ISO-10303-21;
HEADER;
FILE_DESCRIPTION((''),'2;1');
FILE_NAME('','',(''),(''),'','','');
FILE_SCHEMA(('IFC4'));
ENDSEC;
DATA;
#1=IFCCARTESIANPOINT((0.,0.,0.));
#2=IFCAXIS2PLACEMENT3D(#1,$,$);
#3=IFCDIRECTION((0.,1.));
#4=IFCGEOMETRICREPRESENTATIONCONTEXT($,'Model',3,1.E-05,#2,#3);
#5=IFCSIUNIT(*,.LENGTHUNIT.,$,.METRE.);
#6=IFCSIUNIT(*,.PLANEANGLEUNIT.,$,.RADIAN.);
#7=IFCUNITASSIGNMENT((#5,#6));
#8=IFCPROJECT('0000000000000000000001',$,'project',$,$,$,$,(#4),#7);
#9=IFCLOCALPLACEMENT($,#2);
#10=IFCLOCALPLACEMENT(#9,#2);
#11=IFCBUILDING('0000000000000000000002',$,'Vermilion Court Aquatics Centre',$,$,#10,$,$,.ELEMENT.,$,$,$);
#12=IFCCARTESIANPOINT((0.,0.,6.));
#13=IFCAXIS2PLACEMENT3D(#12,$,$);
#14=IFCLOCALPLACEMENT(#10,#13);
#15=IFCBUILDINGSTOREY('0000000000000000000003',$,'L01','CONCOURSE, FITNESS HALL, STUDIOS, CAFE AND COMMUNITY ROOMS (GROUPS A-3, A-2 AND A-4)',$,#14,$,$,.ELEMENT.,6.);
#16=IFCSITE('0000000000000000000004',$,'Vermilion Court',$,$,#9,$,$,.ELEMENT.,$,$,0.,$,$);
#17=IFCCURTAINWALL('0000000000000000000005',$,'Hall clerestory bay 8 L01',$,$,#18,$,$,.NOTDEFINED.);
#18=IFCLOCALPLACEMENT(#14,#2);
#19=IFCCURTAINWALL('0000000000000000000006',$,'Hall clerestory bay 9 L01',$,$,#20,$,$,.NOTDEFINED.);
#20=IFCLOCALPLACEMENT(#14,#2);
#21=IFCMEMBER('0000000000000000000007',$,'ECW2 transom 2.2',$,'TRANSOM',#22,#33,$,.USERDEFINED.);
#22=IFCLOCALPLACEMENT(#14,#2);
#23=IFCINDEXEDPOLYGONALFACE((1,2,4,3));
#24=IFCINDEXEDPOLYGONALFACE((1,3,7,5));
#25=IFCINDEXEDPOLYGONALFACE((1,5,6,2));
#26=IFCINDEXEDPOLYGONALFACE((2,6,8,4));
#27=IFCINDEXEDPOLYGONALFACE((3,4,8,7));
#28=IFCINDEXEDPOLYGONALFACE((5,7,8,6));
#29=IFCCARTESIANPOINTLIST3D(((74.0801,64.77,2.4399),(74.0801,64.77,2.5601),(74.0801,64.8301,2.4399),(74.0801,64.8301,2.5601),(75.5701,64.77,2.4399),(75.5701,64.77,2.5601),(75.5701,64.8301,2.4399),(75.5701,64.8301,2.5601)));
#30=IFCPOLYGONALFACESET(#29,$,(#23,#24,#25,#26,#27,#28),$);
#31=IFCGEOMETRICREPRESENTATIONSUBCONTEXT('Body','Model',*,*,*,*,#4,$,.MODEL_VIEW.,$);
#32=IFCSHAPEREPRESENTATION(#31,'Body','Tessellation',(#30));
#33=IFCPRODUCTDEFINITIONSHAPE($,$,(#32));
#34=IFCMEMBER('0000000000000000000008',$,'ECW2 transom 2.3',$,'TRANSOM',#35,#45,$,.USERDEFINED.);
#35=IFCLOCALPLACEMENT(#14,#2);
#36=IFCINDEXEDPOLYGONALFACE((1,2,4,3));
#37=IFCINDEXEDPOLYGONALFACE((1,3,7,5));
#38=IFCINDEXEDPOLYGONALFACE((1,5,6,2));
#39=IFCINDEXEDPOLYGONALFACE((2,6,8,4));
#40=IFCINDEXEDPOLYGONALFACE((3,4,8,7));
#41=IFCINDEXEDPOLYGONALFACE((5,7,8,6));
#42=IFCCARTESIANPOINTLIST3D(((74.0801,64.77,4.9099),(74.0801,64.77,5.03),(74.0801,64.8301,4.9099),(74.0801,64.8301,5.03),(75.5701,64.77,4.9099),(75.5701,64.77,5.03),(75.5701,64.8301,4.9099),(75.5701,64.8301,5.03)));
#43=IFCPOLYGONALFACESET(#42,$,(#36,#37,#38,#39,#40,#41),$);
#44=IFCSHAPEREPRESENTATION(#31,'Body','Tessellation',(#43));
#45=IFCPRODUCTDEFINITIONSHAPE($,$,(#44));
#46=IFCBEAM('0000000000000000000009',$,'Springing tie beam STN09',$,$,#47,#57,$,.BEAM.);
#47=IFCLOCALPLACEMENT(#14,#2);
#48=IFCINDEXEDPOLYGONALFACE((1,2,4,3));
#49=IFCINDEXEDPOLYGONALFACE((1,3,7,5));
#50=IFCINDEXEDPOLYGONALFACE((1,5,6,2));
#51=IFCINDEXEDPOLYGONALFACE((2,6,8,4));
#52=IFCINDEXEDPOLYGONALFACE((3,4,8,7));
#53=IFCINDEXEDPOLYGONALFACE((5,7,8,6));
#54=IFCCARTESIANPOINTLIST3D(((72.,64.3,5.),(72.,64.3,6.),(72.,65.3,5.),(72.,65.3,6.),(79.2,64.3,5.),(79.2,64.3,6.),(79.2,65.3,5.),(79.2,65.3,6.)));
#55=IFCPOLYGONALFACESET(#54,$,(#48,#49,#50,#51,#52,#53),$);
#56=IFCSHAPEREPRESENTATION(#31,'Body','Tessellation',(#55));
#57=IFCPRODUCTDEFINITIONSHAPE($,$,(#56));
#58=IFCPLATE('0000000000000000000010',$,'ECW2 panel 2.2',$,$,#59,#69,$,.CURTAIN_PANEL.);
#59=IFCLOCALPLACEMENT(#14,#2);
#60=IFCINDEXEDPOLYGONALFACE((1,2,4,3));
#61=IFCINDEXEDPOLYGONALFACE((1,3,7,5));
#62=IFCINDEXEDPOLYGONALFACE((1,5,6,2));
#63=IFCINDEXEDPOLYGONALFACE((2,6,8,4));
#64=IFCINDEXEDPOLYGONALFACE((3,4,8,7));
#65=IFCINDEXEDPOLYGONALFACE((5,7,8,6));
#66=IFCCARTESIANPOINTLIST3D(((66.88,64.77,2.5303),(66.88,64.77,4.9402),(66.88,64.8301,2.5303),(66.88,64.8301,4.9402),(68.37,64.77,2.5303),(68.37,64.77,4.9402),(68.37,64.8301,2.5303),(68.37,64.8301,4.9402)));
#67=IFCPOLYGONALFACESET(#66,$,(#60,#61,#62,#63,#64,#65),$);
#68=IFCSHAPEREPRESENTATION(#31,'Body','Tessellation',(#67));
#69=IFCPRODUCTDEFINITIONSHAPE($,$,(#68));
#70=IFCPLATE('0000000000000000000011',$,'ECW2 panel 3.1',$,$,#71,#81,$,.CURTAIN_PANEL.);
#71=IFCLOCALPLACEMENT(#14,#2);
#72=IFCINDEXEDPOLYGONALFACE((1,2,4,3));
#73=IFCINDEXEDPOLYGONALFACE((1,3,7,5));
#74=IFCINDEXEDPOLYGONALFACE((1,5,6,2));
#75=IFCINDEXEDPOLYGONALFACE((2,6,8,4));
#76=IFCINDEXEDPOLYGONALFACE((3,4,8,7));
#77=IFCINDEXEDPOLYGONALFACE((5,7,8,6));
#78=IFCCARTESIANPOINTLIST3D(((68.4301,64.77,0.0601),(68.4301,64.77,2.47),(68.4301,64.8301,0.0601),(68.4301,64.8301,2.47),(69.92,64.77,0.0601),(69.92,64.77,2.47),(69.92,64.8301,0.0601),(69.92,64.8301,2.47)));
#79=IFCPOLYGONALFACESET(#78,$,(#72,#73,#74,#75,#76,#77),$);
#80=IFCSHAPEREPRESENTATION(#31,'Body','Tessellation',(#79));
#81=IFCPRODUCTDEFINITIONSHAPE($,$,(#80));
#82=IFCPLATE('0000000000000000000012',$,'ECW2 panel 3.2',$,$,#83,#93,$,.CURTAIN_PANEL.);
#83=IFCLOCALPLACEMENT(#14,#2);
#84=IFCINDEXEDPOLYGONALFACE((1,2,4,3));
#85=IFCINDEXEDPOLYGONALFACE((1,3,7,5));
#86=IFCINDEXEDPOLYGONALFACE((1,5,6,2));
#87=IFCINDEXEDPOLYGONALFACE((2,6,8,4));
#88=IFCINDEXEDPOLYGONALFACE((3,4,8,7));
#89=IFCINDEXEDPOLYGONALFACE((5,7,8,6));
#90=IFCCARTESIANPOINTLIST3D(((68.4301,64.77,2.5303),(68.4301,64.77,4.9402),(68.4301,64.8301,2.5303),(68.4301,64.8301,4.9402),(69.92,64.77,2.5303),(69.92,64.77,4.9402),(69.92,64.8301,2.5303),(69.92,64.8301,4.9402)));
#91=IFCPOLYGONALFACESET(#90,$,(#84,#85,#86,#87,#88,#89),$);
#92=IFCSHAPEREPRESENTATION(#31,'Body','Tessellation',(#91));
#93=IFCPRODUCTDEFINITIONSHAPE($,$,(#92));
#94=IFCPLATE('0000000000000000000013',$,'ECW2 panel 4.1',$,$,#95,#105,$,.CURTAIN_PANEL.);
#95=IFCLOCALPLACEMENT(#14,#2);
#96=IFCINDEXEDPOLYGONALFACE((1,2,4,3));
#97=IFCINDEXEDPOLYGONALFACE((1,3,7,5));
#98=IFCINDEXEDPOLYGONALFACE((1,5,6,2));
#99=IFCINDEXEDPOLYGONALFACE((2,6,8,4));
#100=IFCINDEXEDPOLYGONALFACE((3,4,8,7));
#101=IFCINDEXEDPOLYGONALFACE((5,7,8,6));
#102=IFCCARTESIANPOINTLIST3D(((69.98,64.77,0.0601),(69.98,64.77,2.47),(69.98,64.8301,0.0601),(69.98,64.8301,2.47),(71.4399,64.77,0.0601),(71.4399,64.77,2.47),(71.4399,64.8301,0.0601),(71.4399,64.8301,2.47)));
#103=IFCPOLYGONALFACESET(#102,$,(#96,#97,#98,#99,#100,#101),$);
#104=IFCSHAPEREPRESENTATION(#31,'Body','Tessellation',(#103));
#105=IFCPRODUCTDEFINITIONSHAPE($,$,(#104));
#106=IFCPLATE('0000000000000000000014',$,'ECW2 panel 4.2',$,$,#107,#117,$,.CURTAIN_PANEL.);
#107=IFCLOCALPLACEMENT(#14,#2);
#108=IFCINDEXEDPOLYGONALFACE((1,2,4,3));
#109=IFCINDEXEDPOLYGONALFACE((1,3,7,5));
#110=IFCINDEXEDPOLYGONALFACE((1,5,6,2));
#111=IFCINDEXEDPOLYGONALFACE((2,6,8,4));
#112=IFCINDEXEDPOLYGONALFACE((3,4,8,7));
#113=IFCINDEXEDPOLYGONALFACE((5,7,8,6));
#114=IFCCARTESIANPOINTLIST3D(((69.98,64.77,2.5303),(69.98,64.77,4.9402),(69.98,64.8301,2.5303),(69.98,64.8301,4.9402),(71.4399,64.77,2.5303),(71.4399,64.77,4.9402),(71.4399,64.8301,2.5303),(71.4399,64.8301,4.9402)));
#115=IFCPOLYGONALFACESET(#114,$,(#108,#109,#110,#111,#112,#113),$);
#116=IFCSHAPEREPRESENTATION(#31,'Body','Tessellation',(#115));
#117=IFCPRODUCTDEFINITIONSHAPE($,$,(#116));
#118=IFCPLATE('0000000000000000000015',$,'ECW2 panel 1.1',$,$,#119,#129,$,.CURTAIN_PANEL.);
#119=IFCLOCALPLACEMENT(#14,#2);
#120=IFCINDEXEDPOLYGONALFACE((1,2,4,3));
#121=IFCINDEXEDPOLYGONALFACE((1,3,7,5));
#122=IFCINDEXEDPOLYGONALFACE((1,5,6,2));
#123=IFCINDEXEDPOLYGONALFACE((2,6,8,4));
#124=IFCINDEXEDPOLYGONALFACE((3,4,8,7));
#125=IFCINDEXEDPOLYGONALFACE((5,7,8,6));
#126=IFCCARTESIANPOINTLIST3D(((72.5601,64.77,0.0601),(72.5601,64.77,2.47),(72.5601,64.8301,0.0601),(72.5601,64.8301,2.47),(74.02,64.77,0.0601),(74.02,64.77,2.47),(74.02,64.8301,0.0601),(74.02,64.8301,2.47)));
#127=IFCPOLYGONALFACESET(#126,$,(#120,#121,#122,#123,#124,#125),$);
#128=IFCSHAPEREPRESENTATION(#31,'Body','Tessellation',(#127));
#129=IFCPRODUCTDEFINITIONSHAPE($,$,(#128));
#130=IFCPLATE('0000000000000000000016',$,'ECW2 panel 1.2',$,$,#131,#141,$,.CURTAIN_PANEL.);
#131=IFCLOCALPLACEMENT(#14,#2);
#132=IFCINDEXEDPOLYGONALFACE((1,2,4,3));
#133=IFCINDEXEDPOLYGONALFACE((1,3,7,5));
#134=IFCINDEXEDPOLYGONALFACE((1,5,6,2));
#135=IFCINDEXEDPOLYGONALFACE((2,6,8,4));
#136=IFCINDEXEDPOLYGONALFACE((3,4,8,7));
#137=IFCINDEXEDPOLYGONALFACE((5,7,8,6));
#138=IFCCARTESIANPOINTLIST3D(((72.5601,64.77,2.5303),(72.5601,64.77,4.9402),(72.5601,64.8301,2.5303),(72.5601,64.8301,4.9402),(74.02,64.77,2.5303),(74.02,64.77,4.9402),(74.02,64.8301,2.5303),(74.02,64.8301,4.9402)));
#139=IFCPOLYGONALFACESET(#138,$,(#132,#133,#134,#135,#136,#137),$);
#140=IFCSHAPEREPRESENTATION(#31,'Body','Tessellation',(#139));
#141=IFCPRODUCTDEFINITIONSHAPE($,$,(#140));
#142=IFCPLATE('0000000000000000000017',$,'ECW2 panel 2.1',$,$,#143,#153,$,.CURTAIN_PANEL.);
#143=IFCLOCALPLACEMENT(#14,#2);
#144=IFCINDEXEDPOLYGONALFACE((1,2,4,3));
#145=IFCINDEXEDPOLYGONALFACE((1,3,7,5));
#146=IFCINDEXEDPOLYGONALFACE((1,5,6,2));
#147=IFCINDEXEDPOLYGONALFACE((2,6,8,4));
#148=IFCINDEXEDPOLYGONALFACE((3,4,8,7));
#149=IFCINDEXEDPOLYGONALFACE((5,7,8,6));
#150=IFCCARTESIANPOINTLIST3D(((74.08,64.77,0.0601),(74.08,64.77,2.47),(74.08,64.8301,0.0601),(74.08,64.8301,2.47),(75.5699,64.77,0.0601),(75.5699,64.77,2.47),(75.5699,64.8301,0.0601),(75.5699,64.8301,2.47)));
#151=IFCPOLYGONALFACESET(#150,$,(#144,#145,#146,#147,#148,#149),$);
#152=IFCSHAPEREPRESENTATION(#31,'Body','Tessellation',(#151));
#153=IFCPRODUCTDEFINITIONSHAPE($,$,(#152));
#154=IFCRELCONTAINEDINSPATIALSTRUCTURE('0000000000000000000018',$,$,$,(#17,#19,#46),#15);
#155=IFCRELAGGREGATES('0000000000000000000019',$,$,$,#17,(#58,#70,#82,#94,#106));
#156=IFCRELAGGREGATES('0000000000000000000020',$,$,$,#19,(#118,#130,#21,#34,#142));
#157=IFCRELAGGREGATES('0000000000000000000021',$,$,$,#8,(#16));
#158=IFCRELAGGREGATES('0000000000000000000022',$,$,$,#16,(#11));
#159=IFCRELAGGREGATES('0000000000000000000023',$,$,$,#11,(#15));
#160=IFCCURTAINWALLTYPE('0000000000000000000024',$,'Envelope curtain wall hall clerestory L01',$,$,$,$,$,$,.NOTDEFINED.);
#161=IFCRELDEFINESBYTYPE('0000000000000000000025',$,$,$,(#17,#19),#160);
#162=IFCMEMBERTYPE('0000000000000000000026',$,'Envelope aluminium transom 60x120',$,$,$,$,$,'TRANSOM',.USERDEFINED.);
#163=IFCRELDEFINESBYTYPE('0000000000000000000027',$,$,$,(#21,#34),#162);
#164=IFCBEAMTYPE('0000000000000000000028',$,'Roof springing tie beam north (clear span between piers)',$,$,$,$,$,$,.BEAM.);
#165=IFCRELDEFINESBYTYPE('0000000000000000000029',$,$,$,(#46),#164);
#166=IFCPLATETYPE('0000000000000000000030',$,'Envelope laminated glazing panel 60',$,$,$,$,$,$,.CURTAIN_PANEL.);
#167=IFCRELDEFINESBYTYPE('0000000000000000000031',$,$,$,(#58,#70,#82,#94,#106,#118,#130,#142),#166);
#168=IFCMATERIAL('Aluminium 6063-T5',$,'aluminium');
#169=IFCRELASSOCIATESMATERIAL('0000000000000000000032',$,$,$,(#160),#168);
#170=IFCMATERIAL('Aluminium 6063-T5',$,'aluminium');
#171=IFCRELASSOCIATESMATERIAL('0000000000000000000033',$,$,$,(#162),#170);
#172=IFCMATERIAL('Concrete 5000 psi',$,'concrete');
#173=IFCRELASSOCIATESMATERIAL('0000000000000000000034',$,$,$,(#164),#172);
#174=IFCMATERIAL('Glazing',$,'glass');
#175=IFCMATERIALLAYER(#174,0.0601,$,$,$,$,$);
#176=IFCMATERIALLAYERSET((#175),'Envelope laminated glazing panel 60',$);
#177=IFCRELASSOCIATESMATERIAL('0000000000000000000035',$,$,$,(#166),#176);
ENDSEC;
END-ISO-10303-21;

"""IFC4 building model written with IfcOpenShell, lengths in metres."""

from ifc_helpers import new_model, si_unit, direction, frame, origin, origin_2d, place, context, subcontext, project, spatial, rectangle, extrude, material, layer, layer_set, material_profile, profile_set, type_object, element, aggregate, save


model = new_model("IFC4")

# Units and contexts
model_context = context("Model", 3, precision=1e-05, world=origin(), true_north=direction((0.0, 1.0)))
body_context = subcontext(model_context, "Body", "Model", "MODEL_VIEW")
ifc_project = project(units=[si_unit("LENGTHUNIT", "METRE"), si_unit("PLANEANGLEUNIT", "RADIAN")], contexts=[model_context])

# Site, building, storey
site_placement = place(None, origin())
site = spatial("IfcSite", under=ifc_project, at=site_placement, Name="Vermilion Court", CompositionType="ELEMENT", RefElevation=0.0)
building_placement = place(site_placement, origin())
building = spatial("IfcBuilding", under=site, at=building_placement, Name="Vermilion Court Aquatics Centre", CompositionType="ELEMENT")
storey_placement = place(building_placement, frame((0.0, 0.0, 6.0)))
storey = spatial("IfcBuildingStorey", under=building, at=storey_placement, Name="L01", Description="CONCOURSE, FITNESS HALL, STUDIOS, CAFE AND COMMUNITY ROOMS (GROUPS A-3, A-2 AND A-4)", CompositionType="ELEMENT", Elevation=6.0)

# Curtain walls
ifc_material_1 = material(Name="Aluminium 6063-T5", Category="aluminium")
curtain_wall_type = type_object("IfcCurtainWallType", Name="Envelope curtain wall hall clerestory L01", PredefinedType="NOTDEFINED", material=ifc_material_1)
curtain_wall_1_placement = place(storey_placement, origin())
curtain_wall_1 = element("IfcCurtainWall", 1, at=curtain_wall_1_placement, inside=storey, type_object=curtain_wall_type, Name="Hall clerestory bay 8 L01", PredefinedType="NOTDEFINED")
curtain_wall_2_placement = place(storey_placement, origin())
curtain_wall_2 = element("IfcCurtainWall", 2, at=curtain_wall_2_placement, inside=storey, type_object=curtain_wall_type, Name="Hall clerestory bay 9 L01", PredefinedType="NOTDEFINED")

# Members
ifc_material_2 = material(Name="Aluminium 6063-T5", Category="aluminium")
ifc_material_profile_1 = material_profile(ifc_material_2, rectangle(XDim=0.0601, YDim=0.1201, at=origin_2d()), Name="AL 60x120")
ifc_profile_set_1 = profile_set([ifc_material_profile_1], Name="Aluminium 6063-T5")
member_type_1 = type_object("IfcMemberType", Name="Envelope aluminium transom 60x120", ElementType="TRANSOM", PredefinedType="USERDEFINED", material=ifc_profile_set_1)
member_1_placement = place(storey_placement, frame((74.0801, 64.8, 2.5), z_axis=(1.0, 0.0, 0.0), x_axis=(0.0, 1.0, 0.0)))
member_1 = element("IfcMember", 3, at=member_1_placement, type_object=member_type_1, Name="ECW2 transom 2.2", ObjectType="TRANSOM", PredefinedType="USERDEFINED", context=body_context, shape_type="SweptSolid", body=[
    extrude(rectangle(XDim=0.0601, YDim=0.1201, at=origin_2d()), origin(), (0.0, 0.0, 1.0), 1.49),
])
member_2_placement = place(storey_placement, frame((74.0801, 64.8, 4.97), z_axis=(1.0, 0.0, 0.0), x_axis=(0.0, 1.0, 0.0)))
member_2 = element("IfcMember", 4, at=member_2_placement, type_object=member_type_1, Name="ECW2 transom 2.3", ObjectType="TRANSOM", PredefinedType="USERDEFINED", context=body_context, shape_type="SweptSolid", body=[
    extrude(rectangle(XDim=0.0601, YDim=0.1201, at=origin_2d()), origin(), (0.0, 0.0, 1.0), 1.49),
])

# Beam
ifc_material_3 = material(Name="Concrete 5000 psi", Category="concrete")
ifc_material_profile_2 = material_profile(ifc_material_3, rectangle(XDim=1.0, YDim=1.0, at=origin_2d()), Name="RC 1000x1000")
ifc_profile_set_2 = profile_set([ifc_material_profile_2], Name="Concrete 5000 psi")
beam_type = type_object("IfcBeamType", Name="Roof springing tie beam north (clear span between piers)", PredefinedType="BEAM", material=ifc_profile_set_2)
beam_placement = place(storey_placement, frame((72.0, 64.8, 5.5), z_axis=(1.0, 0.0, 0.0), x_axis=(0.0, 1.0, 0.0)))
element("IfcBeam", 5, at=beam_placement, inside=storey, type_object=beam_type, Name="Springing tie beam STN09", PredefinedType="BEAM", context=body_context, shape_type="SweptSolid", body=[
    extrude(rectangle(XDim=1.0, YDim=1.0, at=origin_2d()), origin(), (0.0, 0.0, 1.0), 7.2),
])

# Plates
ifc_material_4 = material(Name="Glazing", Category="glass")
ifc_layer = layer(ifc_material_4, 0.0601)
ifc_layer_set = layer_set([ifc_layer], Name="Envelope laminated glazing panel 60")
plate_type = type_object("IfcPlateType", Name="Envelope laminated glazing panel 60", PredefinedType="CURTAIN_PANEL", material=ifc_layer_set)
plate_1_placement = place(storey_placement, frame((67.625, 64.8, 2.5303), z_axis=(0.0, 0.0, 1.0), x_axis=(1.0, 0.0, 0.0)))
plate_1 = element("IfcPlate", 6, at=plate_1_placement, type_object=plate_type, Name="ECW2 panel 2.2", PredefinedType="CURTAIN_PANEL", context=body_context, shape_type="SweptSolid", body=[
    extrude(rectangle(XDim=1.49, YDim=0.0601, at=origin_2d()), origin(), (0.0, 0.0, 1.0), 2.4099),
])
plate_2_placement = place(storey_placement, frame((69.175, 64.8, 0.0601), z_axis=(0.0, 0.0, 1.0), x_axis=(1.0, 0.0, 0.0)))
plate_2 = element("IfcPlate", 7, at=plate_2_placement, type_object=plate_type, Name="ECW2 panel 3.1", PredefinedType="CURTAIN_PANEL", context=body_context, shape_type="SweptSolid", body=[
    extrude(rectangle(XDim=1.49, YDim=0.0601, at=origin_2d()), origin(), (0.0, 0.0, 1.0), 2.4099),
])
plate_3_placement = place(storey_placement, frame((69.175, 64.8, 2.5303), z_axis=(0.0, 0.0, 1.0), x_axis=(1.0, 0.0, 0.0)))
plate_3 = element("IfcPlate", 8, at=plate_3_placement, type_object=plate_type, Name="ECW2 panel 3.2", PredefinedType="CURTAIN_PANEL", context=body_context, shape_type="SweptSolid", body=[
    extrude(rectangle(XDim=1.49, YDim=0.0601, at=origin_2d()), origin(), (0.0, 0.0, 1.0), 2.4099),
])
plate_4_placement = place(storey_placement, frame((70.71, 64.8, 0.0601), z_axis=(0.0, 0.0, 1.0), x_axis=(1.0, 0.0, 0.0)))
plate_4 = element("IfcPlate", 9, at=plate_4_placement, type_object=plate_type, Name="ECW2 panel 4.1", PredefinedType="CURTAIN_PANEL", context=body_context, shape_type="SweptSolid", body=[
    extrude(rectangle(XDim=1.46, YDim=0.0601, at=origin_2d()), origin(), (0.0, 0.0, 1.0), 2.4099),
])
plate_5_placement = place(storey_placement, frame((70.71, 64.8, 2.5303), z_axis=(0.0, 0.0, 1.0), x_axis=(1.0, 0.0, 0.0)))
plate_5 = element("IfcPlate", 10, at=plate_5_placement, type_object=plate_type, Name="ECW2 panel 4.2", PredefinedType="CURTAIN_PANEL", context=body_context, shape_type="SweptSolid", body=[
    extrude(rectangle(XDim=1.46, YDim=0.0601, at=origin_2d()), origin(), (0.0, 0.0, 1.0), 2.4099),
])
aggregate(curtain_wall_1, [plate_1, plate_2, plate_3, plate_4, plate_5])
plate_6_placement = place(storey_placement, frame((73.29, 64.8, 0.0601), z_axis=(0.0, 0.0, 1.0), x_axis=(1.0, 0.0, 0.0)))
plate_6 = element("IfcPlate", 11, at=plate_6_placement, type_object=plate_type, Name="ECW2 panel 1.1", PredefinedType="CURTAIN_PANEL", context=body_context, shape_type="SweptSolid", body=[
    extrude(rectangle(XDim=1.46, YDim=0.0601, at=origin_2d()), origin(), (0.0, 0.0, 1.0), 2.4099),
])
plate_7_placement = place(storey_placement, frame((73.29, 64.8, 2.5303), z_axis=(0.0, 0.0, 1.0), x_axis=(1.0, 0.0, 0.0)))
plate_7 = element("IfcPlate", 12, at=plate_7_placement, type_object=plate_type, Name="ECW2 panel 1.2", PredefinedType="CURTAIN_PANEL", context=body_context, shape_type="SweptSolid", body=[
    extrude(rectangle(XDim=1.46, YDim=0.0601, at=origin_2d()), origin(), (0.0, 0.0, 1.0), 2.4099),
])
plate_8_placement = place(storey_placement, frame((74.825, 64.8, 0.0601), z_axis=(0.0, 0.0, 1.0), x_axis=(1.0, 0.0, 0.0)))
plate_8 = element("IfcPlate", 13, at=plate_8_placement, type_object=plate_type, Name="ECW2 panel 2.1", PredefinedType="CURTAIN_PANEL", context=body_context, shape_type="SweptSolid", body=[
    extrude(rectangle(XDim=1.49, YDim=0.0601, at=origin_2d()), origin(), (0.0, 0.0, 1.0), 2.4099),
])
aggregate(curtain_wall_2, [plate_6, plate_7, member_1, member_2, plate_8])

save(model, "model.ifc")
